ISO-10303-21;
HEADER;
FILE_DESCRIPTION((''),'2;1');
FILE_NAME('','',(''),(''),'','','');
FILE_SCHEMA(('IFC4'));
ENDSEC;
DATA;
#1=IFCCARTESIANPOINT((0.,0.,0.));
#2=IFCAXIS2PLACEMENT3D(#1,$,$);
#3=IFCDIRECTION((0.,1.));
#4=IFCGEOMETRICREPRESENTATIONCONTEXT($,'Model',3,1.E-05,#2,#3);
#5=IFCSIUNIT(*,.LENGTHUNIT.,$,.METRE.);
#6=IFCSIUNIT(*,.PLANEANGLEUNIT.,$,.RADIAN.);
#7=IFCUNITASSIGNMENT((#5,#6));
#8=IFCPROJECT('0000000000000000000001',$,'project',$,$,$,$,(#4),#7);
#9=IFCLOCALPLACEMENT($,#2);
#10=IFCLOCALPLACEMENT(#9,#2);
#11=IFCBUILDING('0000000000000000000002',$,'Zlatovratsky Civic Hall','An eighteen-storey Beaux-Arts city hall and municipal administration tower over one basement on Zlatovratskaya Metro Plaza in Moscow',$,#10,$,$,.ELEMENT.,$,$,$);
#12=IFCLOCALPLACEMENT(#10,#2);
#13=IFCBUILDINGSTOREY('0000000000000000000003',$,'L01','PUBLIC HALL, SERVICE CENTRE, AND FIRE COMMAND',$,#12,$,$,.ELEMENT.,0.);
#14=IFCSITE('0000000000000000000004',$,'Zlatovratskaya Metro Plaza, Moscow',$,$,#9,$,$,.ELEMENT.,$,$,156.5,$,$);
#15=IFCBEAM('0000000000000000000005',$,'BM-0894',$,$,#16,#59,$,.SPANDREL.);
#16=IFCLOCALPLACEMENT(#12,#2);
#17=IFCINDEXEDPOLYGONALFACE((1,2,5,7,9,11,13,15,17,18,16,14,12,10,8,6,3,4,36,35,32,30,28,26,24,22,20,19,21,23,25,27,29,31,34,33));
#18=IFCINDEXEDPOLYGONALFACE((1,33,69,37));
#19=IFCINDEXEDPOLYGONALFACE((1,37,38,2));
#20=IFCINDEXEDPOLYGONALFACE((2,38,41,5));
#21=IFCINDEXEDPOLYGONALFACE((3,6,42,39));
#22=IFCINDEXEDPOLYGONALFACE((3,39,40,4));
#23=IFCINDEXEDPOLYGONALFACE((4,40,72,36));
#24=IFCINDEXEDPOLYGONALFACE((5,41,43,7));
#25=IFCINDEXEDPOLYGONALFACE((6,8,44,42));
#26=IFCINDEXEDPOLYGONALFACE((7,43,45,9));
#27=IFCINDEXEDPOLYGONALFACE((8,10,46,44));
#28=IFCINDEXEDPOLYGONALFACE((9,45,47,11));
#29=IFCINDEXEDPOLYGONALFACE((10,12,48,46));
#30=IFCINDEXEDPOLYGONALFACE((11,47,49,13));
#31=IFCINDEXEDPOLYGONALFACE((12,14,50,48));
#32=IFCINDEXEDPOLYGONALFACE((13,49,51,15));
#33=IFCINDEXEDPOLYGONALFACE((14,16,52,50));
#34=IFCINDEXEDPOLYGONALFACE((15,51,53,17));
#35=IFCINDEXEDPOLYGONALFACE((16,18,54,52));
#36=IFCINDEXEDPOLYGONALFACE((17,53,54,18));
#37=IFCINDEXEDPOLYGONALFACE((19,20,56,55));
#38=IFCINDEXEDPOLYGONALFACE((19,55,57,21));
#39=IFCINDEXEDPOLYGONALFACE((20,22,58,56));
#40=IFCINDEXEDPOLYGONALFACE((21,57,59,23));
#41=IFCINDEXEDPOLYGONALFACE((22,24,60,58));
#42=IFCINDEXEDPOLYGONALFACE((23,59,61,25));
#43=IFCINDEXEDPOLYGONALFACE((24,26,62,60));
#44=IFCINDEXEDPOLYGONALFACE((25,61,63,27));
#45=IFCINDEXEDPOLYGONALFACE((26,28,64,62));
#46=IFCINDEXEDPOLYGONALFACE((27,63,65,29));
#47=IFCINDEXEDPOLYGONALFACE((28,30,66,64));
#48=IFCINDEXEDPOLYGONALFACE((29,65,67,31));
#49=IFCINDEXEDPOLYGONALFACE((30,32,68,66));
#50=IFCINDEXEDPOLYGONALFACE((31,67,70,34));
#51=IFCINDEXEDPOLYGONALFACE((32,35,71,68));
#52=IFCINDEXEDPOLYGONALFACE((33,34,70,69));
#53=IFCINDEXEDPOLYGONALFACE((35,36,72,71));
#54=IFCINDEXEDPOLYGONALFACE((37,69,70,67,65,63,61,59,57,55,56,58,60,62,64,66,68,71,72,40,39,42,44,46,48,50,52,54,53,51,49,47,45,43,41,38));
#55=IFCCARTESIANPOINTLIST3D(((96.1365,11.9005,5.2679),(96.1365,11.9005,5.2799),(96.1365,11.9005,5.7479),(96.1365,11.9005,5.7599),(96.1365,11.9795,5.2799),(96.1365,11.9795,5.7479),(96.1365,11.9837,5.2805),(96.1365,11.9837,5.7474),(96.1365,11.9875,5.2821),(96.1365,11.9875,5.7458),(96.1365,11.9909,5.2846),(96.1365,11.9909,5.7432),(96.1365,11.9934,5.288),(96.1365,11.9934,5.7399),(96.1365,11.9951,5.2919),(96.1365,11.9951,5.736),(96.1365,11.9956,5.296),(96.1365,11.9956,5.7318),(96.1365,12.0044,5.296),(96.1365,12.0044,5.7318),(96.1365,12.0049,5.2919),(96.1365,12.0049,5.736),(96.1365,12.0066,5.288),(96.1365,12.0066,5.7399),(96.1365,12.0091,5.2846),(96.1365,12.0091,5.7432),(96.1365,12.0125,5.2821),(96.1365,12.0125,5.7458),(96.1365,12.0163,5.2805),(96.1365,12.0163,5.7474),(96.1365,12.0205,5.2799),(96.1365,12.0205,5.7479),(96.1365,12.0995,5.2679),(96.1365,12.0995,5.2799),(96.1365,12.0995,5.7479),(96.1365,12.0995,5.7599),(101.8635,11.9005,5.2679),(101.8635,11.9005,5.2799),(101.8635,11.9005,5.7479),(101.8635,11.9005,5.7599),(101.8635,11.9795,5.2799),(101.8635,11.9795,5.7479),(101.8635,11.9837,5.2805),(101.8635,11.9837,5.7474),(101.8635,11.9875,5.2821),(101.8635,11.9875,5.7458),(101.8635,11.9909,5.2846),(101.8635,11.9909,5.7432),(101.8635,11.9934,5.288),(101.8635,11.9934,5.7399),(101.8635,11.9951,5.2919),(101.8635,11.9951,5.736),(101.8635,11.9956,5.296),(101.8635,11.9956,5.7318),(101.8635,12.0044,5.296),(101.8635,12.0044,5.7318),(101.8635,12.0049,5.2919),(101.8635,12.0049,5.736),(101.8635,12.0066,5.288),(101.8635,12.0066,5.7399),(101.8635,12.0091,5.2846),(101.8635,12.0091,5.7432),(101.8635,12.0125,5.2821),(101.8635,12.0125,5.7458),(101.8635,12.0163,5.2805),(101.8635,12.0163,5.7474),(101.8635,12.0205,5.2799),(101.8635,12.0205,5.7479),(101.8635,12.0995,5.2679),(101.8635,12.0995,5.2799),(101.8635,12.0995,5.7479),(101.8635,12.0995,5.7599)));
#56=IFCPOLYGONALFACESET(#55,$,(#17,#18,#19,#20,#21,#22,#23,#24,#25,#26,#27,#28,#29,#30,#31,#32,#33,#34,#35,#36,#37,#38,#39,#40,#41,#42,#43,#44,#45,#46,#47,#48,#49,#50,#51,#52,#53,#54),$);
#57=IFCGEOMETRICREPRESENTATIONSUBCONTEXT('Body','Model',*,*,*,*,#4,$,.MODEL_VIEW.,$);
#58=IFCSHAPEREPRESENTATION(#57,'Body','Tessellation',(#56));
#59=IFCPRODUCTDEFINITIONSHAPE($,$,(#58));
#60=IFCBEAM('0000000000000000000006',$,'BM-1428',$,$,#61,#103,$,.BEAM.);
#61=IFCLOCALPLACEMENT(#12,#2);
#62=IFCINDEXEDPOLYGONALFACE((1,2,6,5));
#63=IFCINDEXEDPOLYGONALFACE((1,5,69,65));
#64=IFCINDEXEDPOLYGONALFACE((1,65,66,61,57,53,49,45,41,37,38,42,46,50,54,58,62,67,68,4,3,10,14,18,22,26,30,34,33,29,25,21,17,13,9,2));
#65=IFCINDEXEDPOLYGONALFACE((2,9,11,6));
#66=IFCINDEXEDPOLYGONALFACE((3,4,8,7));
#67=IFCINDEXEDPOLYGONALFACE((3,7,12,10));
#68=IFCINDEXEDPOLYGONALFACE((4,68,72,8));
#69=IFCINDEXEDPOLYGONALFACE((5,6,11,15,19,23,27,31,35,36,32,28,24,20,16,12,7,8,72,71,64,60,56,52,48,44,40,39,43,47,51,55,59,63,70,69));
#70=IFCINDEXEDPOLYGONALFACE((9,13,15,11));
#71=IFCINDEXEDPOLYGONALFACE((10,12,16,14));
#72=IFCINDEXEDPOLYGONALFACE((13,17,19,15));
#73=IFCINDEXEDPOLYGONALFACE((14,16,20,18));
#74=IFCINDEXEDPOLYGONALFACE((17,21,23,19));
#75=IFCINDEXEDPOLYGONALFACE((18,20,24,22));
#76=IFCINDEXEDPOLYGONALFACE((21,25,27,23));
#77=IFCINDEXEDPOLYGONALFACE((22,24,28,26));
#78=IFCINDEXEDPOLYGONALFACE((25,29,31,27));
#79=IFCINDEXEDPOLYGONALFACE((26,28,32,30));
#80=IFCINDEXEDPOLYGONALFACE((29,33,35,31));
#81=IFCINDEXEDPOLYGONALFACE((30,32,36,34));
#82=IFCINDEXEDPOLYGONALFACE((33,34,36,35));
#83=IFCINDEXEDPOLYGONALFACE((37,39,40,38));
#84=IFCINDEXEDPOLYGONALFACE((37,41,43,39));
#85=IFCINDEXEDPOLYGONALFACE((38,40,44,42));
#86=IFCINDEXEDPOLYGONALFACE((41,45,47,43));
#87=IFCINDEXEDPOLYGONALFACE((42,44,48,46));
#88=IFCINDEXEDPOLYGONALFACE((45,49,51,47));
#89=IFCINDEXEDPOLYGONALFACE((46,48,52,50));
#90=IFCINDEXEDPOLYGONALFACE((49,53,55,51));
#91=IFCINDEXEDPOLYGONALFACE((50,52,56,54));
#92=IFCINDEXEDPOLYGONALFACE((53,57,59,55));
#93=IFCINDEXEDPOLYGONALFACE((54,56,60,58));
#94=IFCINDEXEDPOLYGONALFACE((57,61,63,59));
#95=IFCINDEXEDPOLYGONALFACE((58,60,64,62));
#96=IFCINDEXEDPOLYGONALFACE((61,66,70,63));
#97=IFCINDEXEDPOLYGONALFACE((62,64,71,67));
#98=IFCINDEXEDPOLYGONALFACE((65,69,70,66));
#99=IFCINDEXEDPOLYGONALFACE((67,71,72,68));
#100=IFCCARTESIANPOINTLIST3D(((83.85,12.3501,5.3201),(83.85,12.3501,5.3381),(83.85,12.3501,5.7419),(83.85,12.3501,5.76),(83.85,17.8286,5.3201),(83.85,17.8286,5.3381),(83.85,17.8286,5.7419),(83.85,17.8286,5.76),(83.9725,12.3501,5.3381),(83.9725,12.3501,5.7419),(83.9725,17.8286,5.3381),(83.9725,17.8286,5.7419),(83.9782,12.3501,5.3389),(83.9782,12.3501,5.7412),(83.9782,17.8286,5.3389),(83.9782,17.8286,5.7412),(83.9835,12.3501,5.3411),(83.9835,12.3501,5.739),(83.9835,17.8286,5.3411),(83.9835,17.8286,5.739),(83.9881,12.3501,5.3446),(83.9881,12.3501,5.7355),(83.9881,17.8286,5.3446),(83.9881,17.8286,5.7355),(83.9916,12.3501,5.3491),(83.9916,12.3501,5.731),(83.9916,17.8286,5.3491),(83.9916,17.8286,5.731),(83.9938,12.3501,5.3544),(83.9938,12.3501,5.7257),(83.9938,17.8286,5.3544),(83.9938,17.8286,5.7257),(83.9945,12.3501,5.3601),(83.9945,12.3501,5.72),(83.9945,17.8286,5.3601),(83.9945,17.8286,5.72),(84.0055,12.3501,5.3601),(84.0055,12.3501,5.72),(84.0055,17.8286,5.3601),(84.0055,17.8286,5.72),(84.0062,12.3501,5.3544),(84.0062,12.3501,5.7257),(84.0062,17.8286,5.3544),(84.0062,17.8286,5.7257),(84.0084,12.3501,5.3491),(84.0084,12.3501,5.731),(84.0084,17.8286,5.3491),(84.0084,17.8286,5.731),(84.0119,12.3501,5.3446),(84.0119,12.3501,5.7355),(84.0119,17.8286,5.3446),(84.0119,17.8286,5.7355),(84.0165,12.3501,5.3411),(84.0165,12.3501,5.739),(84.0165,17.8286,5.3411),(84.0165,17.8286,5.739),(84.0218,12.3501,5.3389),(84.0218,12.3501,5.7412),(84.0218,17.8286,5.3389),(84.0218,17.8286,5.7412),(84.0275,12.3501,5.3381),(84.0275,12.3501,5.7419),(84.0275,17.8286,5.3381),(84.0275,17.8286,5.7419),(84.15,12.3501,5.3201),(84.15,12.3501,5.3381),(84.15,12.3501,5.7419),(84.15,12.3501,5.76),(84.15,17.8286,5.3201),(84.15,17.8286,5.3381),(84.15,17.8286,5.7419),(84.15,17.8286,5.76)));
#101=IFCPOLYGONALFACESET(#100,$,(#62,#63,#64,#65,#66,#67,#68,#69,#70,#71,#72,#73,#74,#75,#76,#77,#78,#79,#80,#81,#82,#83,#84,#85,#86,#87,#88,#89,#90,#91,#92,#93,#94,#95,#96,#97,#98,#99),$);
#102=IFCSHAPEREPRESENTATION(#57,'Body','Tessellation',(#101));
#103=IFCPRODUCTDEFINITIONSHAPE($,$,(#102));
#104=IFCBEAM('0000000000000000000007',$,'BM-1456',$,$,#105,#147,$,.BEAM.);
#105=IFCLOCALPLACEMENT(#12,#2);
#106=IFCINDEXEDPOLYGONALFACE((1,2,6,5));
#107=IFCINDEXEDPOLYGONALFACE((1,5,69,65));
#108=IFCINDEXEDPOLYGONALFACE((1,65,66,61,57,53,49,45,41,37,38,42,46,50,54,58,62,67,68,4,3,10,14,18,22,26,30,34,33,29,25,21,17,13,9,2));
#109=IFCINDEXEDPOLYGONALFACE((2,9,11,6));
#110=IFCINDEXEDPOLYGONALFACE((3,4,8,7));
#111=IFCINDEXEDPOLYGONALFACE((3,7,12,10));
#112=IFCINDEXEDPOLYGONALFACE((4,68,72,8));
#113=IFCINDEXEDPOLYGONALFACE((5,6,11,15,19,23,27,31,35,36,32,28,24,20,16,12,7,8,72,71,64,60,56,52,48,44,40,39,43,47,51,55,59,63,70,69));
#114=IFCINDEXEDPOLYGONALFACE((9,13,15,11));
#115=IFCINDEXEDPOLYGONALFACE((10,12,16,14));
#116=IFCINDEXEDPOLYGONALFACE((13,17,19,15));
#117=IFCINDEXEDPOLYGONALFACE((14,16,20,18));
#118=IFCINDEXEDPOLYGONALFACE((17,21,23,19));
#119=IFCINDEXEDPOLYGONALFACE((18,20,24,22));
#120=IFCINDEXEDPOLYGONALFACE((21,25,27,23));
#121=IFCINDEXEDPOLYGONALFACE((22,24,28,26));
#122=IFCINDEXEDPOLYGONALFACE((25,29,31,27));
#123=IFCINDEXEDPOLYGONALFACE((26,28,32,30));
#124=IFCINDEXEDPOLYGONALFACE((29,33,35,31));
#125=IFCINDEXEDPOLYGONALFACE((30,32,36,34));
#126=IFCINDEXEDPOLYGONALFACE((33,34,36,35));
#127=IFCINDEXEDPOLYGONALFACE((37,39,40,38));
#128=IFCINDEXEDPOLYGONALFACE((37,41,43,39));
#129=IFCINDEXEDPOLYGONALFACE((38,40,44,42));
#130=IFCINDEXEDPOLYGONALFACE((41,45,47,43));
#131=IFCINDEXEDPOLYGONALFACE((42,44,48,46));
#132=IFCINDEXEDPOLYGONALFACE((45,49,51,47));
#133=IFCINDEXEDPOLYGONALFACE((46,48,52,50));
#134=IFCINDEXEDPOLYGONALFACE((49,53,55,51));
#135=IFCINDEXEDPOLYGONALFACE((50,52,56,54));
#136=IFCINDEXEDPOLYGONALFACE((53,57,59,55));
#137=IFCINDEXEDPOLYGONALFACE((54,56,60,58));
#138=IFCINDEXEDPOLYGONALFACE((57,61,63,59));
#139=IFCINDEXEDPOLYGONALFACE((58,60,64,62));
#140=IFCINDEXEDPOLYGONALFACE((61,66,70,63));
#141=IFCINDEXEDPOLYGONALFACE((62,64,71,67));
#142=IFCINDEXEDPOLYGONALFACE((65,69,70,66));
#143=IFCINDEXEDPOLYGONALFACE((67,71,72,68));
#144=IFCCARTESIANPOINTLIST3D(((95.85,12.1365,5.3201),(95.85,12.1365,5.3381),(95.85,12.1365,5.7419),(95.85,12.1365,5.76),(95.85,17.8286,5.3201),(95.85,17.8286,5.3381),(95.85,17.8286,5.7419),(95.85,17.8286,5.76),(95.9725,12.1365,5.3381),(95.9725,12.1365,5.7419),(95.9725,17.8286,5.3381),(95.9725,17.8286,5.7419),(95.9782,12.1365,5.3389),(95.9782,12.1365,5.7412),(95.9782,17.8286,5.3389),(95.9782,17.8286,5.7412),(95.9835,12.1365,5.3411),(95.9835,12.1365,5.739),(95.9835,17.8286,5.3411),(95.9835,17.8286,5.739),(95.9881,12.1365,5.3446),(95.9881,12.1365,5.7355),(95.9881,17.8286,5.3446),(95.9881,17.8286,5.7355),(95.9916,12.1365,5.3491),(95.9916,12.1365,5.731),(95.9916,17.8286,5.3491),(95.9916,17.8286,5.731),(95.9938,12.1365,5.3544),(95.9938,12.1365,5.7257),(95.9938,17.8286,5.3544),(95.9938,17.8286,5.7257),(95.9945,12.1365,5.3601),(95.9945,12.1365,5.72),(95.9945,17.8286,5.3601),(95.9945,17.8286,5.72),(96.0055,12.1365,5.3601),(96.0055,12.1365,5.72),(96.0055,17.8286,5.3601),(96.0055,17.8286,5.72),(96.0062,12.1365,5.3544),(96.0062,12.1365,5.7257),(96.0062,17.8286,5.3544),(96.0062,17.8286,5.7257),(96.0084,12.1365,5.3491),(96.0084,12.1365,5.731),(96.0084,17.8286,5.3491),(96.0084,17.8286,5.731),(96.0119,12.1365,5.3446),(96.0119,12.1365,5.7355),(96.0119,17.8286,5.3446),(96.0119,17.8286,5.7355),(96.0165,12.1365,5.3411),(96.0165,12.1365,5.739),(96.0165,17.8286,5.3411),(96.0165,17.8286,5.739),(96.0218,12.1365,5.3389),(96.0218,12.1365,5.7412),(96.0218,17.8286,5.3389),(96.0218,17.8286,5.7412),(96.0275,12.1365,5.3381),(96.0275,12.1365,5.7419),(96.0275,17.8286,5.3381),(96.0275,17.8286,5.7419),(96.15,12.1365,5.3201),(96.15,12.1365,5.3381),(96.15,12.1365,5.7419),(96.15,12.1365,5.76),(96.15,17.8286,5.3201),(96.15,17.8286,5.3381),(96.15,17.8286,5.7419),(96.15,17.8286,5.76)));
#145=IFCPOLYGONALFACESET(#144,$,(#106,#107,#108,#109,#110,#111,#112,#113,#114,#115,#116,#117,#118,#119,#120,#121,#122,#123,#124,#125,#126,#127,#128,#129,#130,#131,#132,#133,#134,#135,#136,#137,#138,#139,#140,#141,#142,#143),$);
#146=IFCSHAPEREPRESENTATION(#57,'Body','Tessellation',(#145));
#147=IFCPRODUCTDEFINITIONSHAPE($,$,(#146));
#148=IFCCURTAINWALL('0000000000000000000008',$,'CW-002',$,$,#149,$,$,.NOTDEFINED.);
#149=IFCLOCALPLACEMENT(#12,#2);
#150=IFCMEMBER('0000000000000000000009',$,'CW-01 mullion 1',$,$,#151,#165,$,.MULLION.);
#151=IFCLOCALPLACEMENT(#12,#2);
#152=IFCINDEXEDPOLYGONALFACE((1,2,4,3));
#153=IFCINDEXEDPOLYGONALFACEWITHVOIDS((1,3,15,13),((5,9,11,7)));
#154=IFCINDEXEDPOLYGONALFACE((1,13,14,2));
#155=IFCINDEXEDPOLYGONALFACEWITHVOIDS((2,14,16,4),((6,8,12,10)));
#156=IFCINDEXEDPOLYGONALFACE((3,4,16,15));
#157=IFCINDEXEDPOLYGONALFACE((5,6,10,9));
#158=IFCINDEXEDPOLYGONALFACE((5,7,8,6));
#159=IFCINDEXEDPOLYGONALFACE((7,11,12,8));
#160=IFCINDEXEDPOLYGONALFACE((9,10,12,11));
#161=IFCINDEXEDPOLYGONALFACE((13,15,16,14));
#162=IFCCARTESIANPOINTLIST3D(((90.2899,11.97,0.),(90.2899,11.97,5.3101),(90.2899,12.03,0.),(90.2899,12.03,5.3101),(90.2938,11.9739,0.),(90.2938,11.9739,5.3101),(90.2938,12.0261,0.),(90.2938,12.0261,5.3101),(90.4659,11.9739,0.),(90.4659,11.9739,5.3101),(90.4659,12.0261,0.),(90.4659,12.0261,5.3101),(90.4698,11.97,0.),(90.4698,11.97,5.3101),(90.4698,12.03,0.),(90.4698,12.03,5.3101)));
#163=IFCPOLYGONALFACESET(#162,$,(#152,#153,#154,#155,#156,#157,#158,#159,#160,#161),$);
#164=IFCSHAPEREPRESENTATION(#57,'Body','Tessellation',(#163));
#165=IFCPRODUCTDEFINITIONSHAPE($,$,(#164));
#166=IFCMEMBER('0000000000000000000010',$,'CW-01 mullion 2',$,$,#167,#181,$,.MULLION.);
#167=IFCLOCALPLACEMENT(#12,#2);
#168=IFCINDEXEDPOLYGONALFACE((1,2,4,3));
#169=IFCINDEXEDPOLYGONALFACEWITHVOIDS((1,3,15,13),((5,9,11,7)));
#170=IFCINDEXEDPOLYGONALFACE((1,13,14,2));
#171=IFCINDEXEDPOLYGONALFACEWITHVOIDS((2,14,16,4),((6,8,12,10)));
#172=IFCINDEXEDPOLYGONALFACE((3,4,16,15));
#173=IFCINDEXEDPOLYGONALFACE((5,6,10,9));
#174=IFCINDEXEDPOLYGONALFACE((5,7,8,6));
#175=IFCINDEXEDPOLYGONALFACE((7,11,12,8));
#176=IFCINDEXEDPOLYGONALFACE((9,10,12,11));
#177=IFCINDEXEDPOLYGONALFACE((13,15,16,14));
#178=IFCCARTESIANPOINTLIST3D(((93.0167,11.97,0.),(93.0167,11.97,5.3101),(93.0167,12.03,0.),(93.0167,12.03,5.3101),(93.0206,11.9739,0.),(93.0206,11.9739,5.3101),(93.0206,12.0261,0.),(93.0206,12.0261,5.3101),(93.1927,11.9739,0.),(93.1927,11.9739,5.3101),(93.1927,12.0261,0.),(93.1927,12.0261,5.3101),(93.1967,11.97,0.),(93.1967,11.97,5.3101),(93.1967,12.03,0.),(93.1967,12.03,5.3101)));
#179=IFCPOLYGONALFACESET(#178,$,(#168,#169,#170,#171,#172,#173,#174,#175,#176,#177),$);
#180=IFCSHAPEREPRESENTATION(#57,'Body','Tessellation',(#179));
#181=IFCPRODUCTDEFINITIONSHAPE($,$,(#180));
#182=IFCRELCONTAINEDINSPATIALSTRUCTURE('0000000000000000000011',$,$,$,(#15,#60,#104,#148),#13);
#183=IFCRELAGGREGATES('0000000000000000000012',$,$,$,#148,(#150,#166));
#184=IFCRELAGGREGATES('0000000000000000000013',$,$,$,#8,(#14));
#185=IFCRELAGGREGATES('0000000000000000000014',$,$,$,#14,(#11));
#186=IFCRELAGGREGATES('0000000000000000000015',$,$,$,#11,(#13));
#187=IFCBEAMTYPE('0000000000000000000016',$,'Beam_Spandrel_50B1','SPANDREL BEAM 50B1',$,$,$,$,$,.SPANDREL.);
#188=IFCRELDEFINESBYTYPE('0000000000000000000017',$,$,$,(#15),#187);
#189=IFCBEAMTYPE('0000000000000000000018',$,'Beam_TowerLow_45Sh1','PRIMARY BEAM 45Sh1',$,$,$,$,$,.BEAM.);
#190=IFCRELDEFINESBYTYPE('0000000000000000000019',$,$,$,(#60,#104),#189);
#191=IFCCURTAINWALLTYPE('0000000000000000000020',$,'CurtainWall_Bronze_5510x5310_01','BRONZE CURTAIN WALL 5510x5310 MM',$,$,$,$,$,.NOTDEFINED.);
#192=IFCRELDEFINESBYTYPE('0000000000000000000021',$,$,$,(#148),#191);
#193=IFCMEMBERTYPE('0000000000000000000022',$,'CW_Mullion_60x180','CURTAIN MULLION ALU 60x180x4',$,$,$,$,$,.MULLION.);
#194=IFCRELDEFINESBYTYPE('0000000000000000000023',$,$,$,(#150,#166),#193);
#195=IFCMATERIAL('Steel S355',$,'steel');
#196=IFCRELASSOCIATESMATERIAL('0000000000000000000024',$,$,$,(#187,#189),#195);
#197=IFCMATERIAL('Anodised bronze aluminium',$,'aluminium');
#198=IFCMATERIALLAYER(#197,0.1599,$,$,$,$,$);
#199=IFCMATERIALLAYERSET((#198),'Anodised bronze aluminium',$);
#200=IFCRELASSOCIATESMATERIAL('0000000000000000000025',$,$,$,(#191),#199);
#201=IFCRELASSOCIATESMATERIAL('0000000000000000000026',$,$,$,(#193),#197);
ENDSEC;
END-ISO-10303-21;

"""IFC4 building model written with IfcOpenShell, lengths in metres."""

from ifc_helpers import new_model, si_unit, direction, frame, origin, origin_2d, place, context, subcontext, project, spatial, hollow_rectangle, i_section, extrude, material, layer, layer_set, material_profile, profile_set, type_object, element, aggregate, save


model = new_model("IFC4")

# Units and contexts
model_context = context("Model", 3, precision=1e-05, world=origin(), true_north=direction((0.0, 1.0)))
body_context = subcontext(model_context, "Body", "Model", "MODEL_VIEW")
ifc_project = project(units=[si_unit("LENGTHUNIT", "METRE"), si_unit("PLANEANGLEUNIT", "RADIAN")], contexts=[model_context])

# Site, building, storey
site_placement = place(None, origin())
site = spatial("IfcSite", under=ifc_project, at=site_placement, Name="Zlatovratskaya Metro Plaza, Moscow", CompositionType="ELEMENT", RefElevation=156.5)
building_placement = place(site_placement, origin())
building = spatial("IfcBuilding", under=site, at=building_placement, Name="Zlatovratsky Civic Hall", Description="An eighteen-storey Beaux-Arts city hall and municipal administration tower over one basement on Zlatovratskaya Metro Plaza in Moscow", CompositionType="ELEMENT")
storey_placement = place(building_placement, origin())
storey = spatial("IfcBuildingStorey", under=building, at=storey_placement, Name="L01", Description="PUBLIC HALL, SERVICE CENTRE, AND FIRE COMMAND", CompositionType="ELEMENT", Elevation=0.0)

# Shared definitions
ifc_material_1 = material(Name="Steel S355", Category="steel")

# Beams
ifc_material_profile_1 = material_profile(ifc_material_1, i_section(OverallWidth=0.199, OverallDepth=0.4919, WebThickness=0.0088, FlangeThickness=0.012, FilletRadius=0.0161, at=origin_2d()), Name="50B1")
ifc_profile_set_1 = profile_set([ifc_material_profile_1], Name="Steel S355")
beam_type_1 = type_object("IfcBeamType", Name="Beam_Spandrel_50B1", Description="SPANDREL BEAM 50B1", PredefinedType="SPANDREL", material=ifc_profile_set_1)
beam_1_placement = place(storey_placement, frame((96.1365, 12.0, 5.5139), z_axis=(1.0, 0.0, 0.0), x_axis=(0.0, 1.0, 0.0)))
element("IfcBeam", 1, at=beam_1_placement, inside=storey, type_object=beam_type_1, Name="BM-0894", PredefinedType="SPANDREL", context=body_context, shape_type="SweptSolid", body=[
    extrude(i_section(OverallWidth=0.199, OverallDepth=0.4919, WebThickness=0.0088, FlangeThickness=0.012, FilletRadius=0.0161, at=origin_2d()), origin(), (0.0, 0.0, 1.0), 5.7271),
])
ifc_material_profile_2 = material_profile(ifc_material_1, i_section(OverallWidth=0.3, OverallDepth=0.4399, WebThickness=0.011, FlangeThickness=0.0181, FilletRadius=0.022, at=origin_2d()), Name="45Sh1")
ifc_profile_set_2 = profile_set([ifc_material_profile_2], Name="Steel S355")
beam_type_2 = type_object("IfcBeamType", Name="Beam_TowerLow_45Sh1", Description="PRIMARY BEAM 45Sh1", PredefinedType="BEAM", material=ifc_profile_set_2)
beam_2_placement = place(storey_placement, frame((84.0, 12.3501, 5.54), z_axis=(0.0, 1.0, 0.0), x_axis=(-1.0, 0.0, 0.0)))
element("IfcBeam", 2, at=beam_2_placement, inside=storey, type_object=beam_type_2, Name="BM-1428", PredefinedType="BEAM", context=body_context, shape_type="SweptSolid", body=[
    extrude(i_section(OverallWidth=0.3, OverallDepth=0.4399, WebThickness=0.011, FlangeThickness=0.0181, FilletRadius=0.022, at=origin_2d()), origin(), (0.0, 0.0, 1.0), 5.4785),
])
beam_3_placement = place(storey_placement, frame((96.0, 12.1365, 5.54), z_axis=(0.0, 1.0, 0.0), x_axis=(-1.0, 0.0, 0.0)))
element("IfcBeam", 3, at=beam_3_placement, inside=storey, type_object=beam_type_2, Name="BM-1456", PredefinedType="BEAM", context=body_context, shape_type="SweptSolid", body=[
    extrude(i_section(OverallWidth=0.3, OverallDepth=0.4399, WebThickness=0.011, FlangeThickness=0.0181, FilletRadius=0.022, at=origin_2d()), origin(), (0.0, 0.0, 1.0), 5.6921),
])

# Curtain wall, members
ifc_material_2 = material(Name="Anodised bronze aluminium", Category="aluminium")
ifc_layer_1 = layer(ifc_material_2, 0.1599)
ifc_layer_set_1 = layer_set([ifc_layer_1], Name="Anodised bronze aluminium")
curtain_wall_type = type_object("IfcCurtainWallType", Name="CurtainWall_Bronze_5510x5310_01", Description="BRONZE CURTAIN WALL 5510x5310 MM", PredefinedType="NOTDEFINED", material=ifc_layer_set_1)
curtain_wall_placement = place(storey_placement, origin())
curtain_wall = element("IfcCurtainWall", 4, at=curtain_wall_placement, inside=storey, type_object=curtain_wall_type, Name="CW-002", PredefinedType="NOTDEFINED")
ifc_material_profile_3 = material_profile(ifc_material_2, hollow_rectangle(XDim=0.0601, YDim=0.1799, WallThickness=0.0039, at=origin_2d()), Name="ALU 60x180x4")
ifc_profile_set_3 = profile_set([ifc_material_profile_3], Name="Anodised bronze aluminium")
member_type_1 = type_object("IfcMemberType", Name="CW_Mullion_60x180", Description="CURTAIN MULLION ALU 60x180x4", PredefinedType="MULLION", material=ifc_profile_set_3)
member_1_placement = place(storey_placement, frame((90.3799, 12.0, 0.0), z_axis=(0.0, 0.0, 1.0), x_axis=(0.0, 1.0, 0.0)))
member_1 = element("IfcMember", 5, at=member_1_placement, type_object=member_type_1, Name="CW-01 mullion 1", PredefinedType="MULLION", context=body_context, shape_type="SweptSolid", body=[
    extrude(hollow_rectangle(XDim=0.0601, YDim=0.1799, WallThickness=0.0039, at=origin_2d()), origin(), (0.0, 0.0, 1.0), 5.3101),
])
member_2_placement = place(storey_placement, frame((93.1067, 12.0, 0.0), z_axis=(0.0, 0.0, 1.0), x_axis=(0.0, 1.0, 0.0)))
member_2 = element("IfcMember", 6, at=member_2_placement, type_object=member_type_1, Name="CW-01 mullion 2", PredefinedType="MULLION", context=body_context, shape_type="SweptSolid", body=[
    extrude(hollow_rectangle(XDim=0.0601, YDim=0.1799, WallThickness=0.0039, at=origin_2d()), origin(), (0.0, 0.0, 1.0), 5.3101),
])

aggregate(curtain_wall, [member_1, member_2])

save(model, "model.ifc")
